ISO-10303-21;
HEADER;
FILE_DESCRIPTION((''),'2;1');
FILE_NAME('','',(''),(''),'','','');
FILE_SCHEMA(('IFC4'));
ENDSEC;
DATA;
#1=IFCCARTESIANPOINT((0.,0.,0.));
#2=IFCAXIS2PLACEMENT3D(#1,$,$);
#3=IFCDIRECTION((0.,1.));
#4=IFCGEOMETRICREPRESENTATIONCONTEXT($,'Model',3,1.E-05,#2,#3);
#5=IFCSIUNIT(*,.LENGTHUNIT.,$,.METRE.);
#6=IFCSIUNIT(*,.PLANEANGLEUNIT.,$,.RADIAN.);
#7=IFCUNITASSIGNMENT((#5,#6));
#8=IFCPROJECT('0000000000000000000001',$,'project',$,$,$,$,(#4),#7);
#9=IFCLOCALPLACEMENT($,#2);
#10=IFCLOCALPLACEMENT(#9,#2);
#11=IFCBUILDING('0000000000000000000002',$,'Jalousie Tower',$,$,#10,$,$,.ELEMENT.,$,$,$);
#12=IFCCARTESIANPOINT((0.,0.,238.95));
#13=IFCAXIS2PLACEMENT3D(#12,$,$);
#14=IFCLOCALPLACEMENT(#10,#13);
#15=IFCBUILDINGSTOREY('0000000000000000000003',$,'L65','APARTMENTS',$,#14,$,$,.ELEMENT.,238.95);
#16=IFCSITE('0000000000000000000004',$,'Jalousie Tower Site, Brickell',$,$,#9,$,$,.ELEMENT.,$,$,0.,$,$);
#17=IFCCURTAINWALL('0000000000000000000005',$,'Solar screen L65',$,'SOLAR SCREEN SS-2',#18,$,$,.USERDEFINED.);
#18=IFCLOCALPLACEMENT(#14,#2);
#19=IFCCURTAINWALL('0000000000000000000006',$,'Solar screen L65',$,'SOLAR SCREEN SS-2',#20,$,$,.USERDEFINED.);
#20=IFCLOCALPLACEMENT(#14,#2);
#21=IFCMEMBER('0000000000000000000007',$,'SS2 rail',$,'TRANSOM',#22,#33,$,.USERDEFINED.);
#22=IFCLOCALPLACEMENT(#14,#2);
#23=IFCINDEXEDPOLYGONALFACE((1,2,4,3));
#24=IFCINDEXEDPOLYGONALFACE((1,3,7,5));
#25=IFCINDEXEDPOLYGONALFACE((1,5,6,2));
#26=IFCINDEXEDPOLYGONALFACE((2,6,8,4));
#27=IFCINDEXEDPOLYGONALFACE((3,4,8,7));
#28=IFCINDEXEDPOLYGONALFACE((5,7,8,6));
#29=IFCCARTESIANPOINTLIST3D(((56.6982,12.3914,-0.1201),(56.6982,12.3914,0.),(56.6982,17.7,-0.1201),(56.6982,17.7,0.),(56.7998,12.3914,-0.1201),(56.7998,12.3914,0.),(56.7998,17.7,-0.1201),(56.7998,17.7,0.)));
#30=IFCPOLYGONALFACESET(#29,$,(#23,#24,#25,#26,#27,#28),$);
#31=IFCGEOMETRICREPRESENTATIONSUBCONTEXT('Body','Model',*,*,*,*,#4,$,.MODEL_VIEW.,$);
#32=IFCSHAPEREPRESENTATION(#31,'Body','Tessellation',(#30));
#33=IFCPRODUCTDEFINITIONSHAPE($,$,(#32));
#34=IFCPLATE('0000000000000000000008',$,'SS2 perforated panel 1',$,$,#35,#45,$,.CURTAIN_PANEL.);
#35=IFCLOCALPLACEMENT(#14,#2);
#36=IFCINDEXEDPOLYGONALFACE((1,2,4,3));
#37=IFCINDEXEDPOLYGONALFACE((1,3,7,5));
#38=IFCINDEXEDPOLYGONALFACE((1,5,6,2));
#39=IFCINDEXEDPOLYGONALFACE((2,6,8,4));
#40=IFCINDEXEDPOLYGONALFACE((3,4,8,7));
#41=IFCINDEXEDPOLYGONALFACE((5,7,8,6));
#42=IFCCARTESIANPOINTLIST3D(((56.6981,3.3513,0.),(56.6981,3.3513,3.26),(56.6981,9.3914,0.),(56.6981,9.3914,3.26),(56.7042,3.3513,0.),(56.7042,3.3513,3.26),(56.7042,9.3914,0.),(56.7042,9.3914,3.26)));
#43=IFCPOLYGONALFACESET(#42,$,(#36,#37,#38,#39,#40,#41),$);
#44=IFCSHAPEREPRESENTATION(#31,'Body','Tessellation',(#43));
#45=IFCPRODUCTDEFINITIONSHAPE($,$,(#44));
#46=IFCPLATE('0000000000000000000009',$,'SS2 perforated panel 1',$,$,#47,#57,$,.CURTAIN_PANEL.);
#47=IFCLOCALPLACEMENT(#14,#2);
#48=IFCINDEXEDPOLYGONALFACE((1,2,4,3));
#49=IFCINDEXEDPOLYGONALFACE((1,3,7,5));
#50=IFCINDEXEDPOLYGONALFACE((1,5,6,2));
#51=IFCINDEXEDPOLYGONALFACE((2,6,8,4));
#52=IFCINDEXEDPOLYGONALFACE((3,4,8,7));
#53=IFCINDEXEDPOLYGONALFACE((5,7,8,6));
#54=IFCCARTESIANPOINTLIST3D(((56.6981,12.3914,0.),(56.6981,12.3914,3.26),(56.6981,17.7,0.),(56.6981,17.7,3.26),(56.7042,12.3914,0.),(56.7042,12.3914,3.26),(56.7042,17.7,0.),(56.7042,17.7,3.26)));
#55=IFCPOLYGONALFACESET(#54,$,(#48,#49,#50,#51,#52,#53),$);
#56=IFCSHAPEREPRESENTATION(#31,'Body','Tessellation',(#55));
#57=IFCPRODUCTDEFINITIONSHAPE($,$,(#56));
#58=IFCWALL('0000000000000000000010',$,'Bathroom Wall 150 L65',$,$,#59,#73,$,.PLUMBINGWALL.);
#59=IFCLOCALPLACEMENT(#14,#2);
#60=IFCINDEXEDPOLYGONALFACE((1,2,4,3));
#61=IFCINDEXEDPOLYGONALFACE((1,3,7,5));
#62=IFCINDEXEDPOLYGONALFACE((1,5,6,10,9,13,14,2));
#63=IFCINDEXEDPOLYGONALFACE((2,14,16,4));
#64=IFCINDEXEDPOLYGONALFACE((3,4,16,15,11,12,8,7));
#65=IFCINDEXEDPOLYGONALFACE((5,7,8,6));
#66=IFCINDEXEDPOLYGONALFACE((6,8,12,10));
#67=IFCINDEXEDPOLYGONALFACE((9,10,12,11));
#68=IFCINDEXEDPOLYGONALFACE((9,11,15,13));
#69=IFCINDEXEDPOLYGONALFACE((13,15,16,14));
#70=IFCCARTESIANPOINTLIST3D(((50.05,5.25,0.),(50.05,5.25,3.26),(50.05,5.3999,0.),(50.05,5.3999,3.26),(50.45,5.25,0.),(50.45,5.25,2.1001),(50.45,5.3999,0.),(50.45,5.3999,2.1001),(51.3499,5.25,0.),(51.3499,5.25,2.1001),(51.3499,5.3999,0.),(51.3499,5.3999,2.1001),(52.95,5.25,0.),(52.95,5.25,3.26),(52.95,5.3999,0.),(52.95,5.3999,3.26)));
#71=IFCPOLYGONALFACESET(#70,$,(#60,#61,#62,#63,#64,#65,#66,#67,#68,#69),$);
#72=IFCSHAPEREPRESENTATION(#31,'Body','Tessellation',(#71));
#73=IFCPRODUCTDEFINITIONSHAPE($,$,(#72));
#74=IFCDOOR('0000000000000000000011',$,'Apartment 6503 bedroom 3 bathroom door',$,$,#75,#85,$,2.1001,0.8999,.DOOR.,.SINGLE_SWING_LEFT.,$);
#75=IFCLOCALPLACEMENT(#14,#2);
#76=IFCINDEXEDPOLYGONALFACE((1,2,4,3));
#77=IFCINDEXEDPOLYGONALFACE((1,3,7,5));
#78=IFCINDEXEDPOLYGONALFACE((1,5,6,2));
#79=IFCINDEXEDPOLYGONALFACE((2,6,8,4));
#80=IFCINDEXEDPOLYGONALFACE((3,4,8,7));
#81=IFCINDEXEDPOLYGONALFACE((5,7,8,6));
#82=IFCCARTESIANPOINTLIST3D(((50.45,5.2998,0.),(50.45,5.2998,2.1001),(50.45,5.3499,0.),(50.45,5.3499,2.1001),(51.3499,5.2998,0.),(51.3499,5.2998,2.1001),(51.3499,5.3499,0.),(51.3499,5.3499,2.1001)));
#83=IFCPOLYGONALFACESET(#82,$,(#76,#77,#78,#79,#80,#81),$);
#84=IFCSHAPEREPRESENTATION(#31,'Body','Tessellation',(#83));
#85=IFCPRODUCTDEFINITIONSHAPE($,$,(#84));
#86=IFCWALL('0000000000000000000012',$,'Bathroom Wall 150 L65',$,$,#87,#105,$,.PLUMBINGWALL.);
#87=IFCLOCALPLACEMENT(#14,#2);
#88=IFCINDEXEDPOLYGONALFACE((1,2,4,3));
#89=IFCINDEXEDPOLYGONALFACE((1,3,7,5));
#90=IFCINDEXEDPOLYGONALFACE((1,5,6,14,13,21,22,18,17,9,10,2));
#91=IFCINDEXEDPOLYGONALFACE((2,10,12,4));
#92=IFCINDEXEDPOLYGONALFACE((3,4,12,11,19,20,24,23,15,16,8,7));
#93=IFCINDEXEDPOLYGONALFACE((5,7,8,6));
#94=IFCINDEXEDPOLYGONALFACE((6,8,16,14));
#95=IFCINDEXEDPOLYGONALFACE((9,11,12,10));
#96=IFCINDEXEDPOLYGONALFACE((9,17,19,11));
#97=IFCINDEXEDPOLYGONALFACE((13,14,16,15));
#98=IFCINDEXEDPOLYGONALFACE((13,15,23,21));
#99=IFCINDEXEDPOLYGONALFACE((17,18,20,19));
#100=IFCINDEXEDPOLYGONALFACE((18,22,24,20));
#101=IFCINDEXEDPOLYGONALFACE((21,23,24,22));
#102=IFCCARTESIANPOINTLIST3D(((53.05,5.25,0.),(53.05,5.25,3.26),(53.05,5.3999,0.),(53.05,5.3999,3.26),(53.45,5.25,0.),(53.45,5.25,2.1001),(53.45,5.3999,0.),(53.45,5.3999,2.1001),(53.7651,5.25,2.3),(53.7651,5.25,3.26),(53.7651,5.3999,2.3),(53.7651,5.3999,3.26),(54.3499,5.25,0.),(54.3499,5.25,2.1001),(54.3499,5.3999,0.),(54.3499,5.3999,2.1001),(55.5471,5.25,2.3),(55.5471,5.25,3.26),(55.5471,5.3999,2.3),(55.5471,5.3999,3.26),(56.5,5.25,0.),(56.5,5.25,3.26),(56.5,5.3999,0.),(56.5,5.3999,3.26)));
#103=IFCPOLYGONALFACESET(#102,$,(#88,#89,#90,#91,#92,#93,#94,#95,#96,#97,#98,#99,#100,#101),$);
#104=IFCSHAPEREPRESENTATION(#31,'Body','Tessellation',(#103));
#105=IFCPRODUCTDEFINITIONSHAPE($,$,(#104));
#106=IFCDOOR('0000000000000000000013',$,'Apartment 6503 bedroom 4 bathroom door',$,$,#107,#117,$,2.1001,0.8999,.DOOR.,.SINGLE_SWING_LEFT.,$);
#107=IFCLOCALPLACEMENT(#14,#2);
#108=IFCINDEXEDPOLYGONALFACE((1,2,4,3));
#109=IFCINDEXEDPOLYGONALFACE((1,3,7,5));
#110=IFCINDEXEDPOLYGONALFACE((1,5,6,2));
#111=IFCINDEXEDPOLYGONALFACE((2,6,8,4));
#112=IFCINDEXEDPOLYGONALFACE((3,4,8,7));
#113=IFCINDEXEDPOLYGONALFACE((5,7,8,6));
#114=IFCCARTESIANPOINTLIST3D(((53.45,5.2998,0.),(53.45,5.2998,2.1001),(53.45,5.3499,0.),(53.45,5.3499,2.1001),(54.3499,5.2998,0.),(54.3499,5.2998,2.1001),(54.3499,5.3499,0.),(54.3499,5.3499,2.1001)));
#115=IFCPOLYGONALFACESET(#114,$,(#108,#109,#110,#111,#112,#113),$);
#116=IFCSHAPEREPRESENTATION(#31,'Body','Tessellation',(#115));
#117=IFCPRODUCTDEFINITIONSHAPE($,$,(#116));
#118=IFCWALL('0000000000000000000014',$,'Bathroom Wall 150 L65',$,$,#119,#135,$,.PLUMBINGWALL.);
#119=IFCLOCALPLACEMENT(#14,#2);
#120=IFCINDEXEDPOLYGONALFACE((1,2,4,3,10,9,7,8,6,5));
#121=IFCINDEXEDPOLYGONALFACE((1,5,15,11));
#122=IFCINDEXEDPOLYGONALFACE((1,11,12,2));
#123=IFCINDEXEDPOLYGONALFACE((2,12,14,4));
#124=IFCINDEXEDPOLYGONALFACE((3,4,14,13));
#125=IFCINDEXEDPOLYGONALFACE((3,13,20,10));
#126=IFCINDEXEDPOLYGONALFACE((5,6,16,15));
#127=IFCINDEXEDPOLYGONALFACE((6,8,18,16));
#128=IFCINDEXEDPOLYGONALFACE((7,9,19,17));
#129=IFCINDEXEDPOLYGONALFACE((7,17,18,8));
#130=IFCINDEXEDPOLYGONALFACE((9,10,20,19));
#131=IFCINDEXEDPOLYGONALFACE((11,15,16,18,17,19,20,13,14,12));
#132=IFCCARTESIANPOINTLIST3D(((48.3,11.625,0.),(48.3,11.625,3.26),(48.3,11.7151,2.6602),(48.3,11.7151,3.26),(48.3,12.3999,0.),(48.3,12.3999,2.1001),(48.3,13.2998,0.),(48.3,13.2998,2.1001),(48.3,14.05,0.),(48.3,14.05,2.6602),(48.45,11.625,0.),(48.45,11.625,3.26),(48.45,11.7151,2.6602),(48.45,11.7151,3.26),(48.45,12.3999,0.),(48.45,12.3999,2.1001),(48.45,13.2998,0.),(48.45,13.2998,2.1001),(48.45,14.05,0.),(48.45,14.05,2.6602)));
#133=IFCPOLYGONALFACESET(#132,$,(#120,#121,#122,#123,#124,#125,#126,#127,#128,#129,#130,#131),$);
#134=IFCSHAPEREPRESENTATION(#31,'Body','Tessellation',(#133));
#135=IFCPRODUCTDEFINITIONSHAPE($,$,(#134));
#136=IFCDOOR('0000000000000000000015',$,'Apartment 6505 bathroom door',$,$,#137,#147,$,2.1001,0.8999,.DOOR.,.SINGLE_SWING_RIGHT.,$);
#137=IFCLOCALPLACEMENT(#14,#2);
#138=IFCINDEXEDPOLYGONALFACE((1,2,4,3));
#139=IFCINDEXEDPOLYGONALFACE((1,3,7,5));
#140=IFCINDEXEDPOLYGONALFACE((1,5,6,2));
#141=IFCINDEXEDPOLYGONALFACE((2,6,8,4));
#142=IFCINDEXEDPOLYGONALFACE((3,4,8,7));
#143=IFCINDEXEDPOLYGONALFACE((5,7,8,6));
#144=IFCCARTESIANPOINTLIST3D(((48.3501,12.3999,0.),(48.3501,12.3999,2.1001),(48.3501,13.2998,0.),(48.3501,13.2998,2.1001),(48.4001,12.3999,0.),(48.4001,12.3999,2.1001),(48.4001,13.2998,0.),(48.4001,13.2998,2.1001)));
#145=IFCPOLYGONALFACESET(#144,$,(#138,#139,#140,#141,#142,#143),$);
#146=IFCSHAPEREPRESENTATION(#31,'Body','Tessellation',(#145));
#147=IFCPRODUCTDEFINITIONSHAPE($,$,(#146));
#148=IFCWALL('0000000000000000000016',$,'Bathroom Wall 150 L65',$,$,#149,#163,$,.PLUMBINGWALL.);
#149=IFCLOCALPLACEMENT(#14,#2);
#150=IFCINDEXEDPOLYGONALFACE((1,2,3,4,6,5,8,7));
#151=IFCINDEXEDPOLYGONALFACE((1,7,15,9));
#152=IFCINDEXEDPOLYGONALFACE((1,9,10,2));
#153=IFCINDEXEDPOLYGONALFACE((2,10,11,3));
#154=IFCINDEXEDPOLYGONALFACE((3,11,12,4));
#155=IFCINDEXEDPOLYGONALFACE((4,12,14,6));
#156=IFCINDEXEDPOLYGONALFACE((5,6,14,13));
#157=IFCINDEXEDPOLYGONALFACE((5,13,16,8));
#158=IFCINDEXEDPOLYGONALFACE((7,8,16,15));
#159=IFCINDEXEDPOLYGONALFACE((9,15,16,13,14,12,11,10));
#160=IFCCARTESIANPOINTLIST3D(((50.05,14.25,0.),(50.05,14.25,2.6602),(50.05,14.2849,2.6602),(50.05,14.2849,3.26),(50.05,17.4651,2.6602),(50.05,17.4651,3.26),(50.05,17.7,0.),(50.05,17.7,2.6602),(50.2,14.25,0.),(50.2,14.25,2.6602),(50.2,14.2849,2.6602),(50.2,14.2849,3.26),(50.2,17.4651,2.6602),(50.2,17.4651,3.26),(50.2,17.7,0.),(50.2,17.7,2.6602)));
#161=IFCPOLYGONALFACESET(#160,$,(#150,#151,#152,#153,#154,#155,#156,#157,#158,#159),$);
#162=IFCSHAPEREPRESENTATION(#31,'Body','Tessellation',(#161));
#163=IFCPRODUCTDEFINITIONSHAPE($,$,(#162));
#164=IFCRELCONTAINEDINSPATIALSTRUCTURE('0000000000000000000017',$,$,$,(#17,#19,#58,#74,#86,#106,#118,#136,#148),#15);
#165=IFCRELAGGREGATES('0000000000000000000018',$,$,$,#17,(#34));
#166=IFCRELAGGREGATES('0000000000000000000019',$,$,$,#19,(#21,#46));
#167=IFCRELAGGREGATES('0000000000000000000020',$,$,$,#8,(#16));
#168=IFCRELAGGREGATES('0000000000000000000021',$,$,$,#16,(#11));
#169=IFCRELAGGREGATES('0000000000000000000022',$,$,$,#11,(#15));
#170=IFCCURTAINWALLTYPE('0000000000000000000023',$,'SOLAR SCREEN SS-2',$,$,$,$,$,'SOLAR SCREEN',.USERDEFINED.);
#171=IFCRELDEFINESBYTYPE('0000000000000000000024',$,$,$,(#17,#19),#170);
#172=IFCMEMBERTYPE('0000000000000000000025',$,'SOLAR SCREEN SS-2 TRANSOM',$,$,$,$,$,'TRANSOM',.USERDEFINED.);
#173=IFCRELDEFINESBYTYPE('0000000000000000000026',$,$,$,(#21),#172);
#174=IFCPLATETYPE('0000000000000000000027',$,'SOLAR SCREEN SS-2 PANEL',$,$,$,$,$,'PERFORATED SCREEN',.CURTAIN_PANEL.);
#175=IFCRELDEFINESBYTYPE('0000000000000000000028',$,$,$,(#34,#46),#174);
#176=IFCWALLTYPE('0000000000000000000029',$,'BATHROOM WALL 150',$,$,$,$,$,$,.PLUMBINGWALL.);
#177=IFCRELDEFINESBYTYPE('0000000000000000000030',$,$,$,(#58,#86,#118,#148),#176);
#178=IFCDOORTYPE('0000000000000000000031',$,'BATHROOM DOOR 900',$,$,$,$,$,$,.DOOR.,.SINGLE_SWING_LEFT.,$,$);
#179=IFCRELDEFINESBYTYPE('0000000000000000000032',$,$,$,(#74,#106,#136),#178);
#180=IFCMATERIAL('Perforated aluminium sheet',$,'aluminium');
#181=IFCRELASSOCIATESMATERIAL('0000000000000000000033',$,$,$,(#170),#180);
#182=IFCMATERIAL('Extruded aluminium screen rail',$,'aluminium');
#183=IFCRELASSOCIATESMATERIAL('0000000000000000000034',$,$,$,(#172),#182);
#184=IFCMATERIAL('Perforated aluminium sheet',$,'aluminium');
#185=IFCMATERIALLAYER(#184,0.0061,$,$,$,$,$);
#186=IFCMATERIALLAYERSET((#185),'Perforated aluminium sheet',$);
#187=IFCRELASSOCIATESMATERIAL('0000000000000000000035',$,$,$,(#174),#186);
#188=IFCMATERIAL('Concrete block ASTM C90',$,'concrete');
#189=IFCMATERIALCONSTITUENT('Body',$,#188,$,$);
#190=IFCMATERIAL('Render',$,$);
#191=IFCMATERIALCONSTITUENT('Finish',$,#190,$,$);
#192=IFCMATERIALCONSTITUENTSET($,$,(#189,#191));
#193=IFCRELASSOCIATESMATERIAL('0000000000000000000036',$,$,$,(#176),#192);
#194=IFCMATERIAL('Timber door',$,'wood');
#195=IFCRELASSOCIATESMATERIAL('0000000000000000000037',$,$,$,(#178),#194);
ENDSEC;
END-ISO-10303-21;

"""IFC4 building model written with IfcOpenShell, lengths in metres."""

from ifc_helpers import new_model, si_unit, direction, frame, frame_2d, origin, origin_2d, place, context, subcontext, project, spatial, polyline, rectangle, outline, extrude, material, layer, layer_set, constituent, constituent_set, material_profile, profile_set, type_object, element, fill, aggregate, save


model = new_model("IFC4")

# Units and contexts
model_context = context("Model", 3, precision=1e-05, world=origin(), true_north=direction((0.0, 1.0)))
body_context = subcontext(model_context, "Body", "Model", "MODEL_VIEW")
ifc_project = project(units=[si_unit("LENGTHUNIT", "METRE"), si_unit("PLANEANGLEUNIT", "RADIAN")], contexts=[model_context])

# Site, building, storey
site_placement = place(None, origin())
site = spatial("IfcSite", under=ifc_project, at=site_placement, Name="Jalousie Tower Site, Brickell", CompositionType="ELEMENT", RefElevation=0.0)
building_placement = place(site_placement, origin())
building = spatial("IfcBuilding", under=site, at=building_placement, Name="Jalousie Tower", CompositionType="ELEMENT")
storey_placement = place(building_placement, frame((0.0, 0.0, 238.95)))
storey = spatial("IfcBuildingStorey", under=building, at=storey_placement, Name="L65", Description="APARTMENTS", CompositionType="ELEMENT", Elevation=238.95)

# Curtain wall
ifc_material_1 = material(Name="Perforated aluminium sheet", Category="aluminium")
curtain_wall_type = type_object("IfcCurtainWallType", Name="SOLAR SCREEN SS-2", ElementType="SOLAR SCREEN", PredefinedType="USERDEFINED", material=ifc_material_1)
curtain_wall_1_placement = place(storey_placement, origin())
curtain_wall_1 = element("IfcCurtainWall", 1, at=curtain_wall_1_placement, inside=storey, type_object=curtain_wall_type, Name="Solar screen L65", ObjectType="SOLAR SCREEN SS-2", PredefinedType="USERDEFINED")

# Curtain wall
curtain_wall_2_placement = place(storey_placement, origin())
curtain_wall_2 = element("IfcCurtainWall", 2, at=curtain_wall_2_placement, inside=storey, type_object=curtain_wall_type, Name="Solar screen L65", ObjectType="SOLAR SCREEN SS-2", PredefinedType="USERDEFINED")

# Member
ifc_material_2 = material(Name="Extruded aluminium screen rail", Category="aluminium")
ifc_material_profile_1 = material_profile(ifc_material_2, rectangle(XDim=0.1016, YDim=0.1201, at=origin_2d()), Name="RAIL 102x120")
ifc_profile_set_1 = profile_set([ifc_material_profile_1], Name="Extruded aluminium screen rail")
member_type_1 = type_object("IfcMemberType", Name="SOLAR SCREEN SS-2 TRANSOM", ElementType="TRANSOM", PredefinedType="USERDEFINED", material=ifc_profile_set_1)
member_1_placement = place(storey_placement, frame((56.749, 12.3914, -0.0601), z_axis=(0.0, 1.0, 0.0), x_axis=(-1.0, 0.0, 0.0)))
member_1 = element("IfcMember", 3, at=member_1_placement, type_object=member_type_1, Name="SS2 rail", ObjectType="TRANSOM", PredefinedType="USERDEFINED", context=body_context, shape_type="SweptSolid", body=[
    extrude(rectangle(XDim=0.1016, YDim=0.1201, at=origin_2d()), origin(), (0.0, 0.0, 1.0), 5.3086),
])

# Plates
ifc_material_3 = material(Name="Perforated aluminium sheet", Category="aluminium")
ifc_layer = layer(ifc_material_3, 0.0061)
ifc_layer_set = layer_set([ifc_layer], Name="Perforated aluminium sheet")
plate_type = type_object("IfcPlateType", Name="SOLAR SCREEN SS-2 PANEL", ElementType="PERFORATED SCREEN", PredefinedType="CURTAIN_PANEL", material=ifc_layer_set)
plate_1_placement = place(storey_placement, frame((56.7012, 6.3713, 0.0), z_axis=(0.0, 0.0, 1.0), x_axis=(0.0, 1.0, 0.0)))
plate_1 = element("IfcPlate", 4, at=plate_1_placement, type_object=plate_type, Name="SS2 perforated panel 1", PredefinedType="CURTAIN_PANEL", context=body_context, shape_type="SweptSolid", body=[
    extrude(rectangle(XDim=6.04, YDim=0.0061, at=origin_2d()), origin(), (0.0, 0.0, 1.0), 3.26),
])
aggregate(curtain_wall_1, [plate_1])
plate_2_placement = place(storey_placement, frame((56.7012, 15.0457, 0.0), z_axis=(0.0, 0.0, 1.0), x_axis=(0.0, 1.0, 0.0)))
plate_2 = element("IfcPlate", 5, at=plate_2_placement, type_object=plate_type, Name="SS2 perforated panel 1", PredefinedType="CURTAIN_PANEL", context=body_context, shape_type="SweptSolid", body=[
    extrude(rectangle(XDim=5.3086, YDim=0.0061, at=origin_2d()), origin(), (0.0, 0.0, 1.0), 3.26),
])
aggregate(curtain_wall_2, [member_1, plate_2])

# Walls, openings, doors
ifc_material_4 = material(Name="Concrete block ASTM C90", Category="concrete")
ifc_constituent_1 = constituent(ifc_material_4, Name="Body")
ifc_material_5 = material(Name="Render")
ifc_constituent_2 = constituent(ifc_material_5, Name="Finish")
ifc_constituent_set_1 = constituent_set(constituents=[ifc_constituent_1, ifc_constituent_2])
wall_type_1 = type_object("IfcWallType", Name="BATHROOM WALL 150", PredefinedType="PLUMBINGWALL", material=ifc_constituent_set_1)
wall_1_placement = place(storey_placement, frame((50.05, 5.325, 0.0), z_axis=(0.0, 0.0, 1.0), x_axis=(1.0, 0.0, 0.0)))
wall_1 = element("IfcWall", 6, at=wall_1_placement, inside=storey, type_object=wall_type_1, Name="Bathroom Wall 150 L65", PredefinedType="PLUMBINGWALL", context=body_context, shape_type="SweptSolid", body=[
    extrude(rectangle(XDim=2.8999, YDim=0.1499, at=frame_2d((1.45, 0.0))), origin(), (0.0, 0.0, 1.0), 3.26),
])
opening_1_placement = place(wall_1_placement, frame((0.3999, 0.0, 0.0)))
opening_1 = element("IfcOpeningElement", 7, at=opening_1_placement, cuts=wall_1, PredefinedType="OPENING", context=body_context, shape_type="SweptSolid", body=[
    extrude(rectangle(XDim=0.8999, YDim=2.1001, at=frame_2d((0.45, 1.05))), frame((0.0, 0.085, 0.0), z_axis=(0.0, -1.0, 0.0), x_axis=(1.0, 0.0, 0.0)), (0.0, 0.0, 1.0), 0.1699),
])
ifc_material_6 = material(Name="Timber door", Category="wood")
door_type_1 = type_object("IfcDoorType", Name="BATHROOM DOOR 900", OperationType="SINGLE_SWING_LEFT", PredefinedType="DOOR", material=ifc_material_6)
door_1_placement = place(opening_1_placement, origin())
door_1 = element("IfcDoor", 8, at=door_1_placement, inside=storey, type_object=door_type_1, Name="Apartment 6503 bedroom 3 bathroom door", OperationType="SINGLE_SWING_LEFT", OverallHeight=2.1001, OverallWidth=0.8999, PredefinedType="DOOR", context=body_context, shape_type="SweptSolid", body=[
    extrude(rectangle(XDim=0.8999, YDim=2.1001, at=frame_2d((0.45, 1.05))), frame((0.0, 0.0249, 0.0), z_axis=(0.0, -1.0, 0.0), x_axis=(1.0, 0.0, 0.0)), (0.0, 0.0, 1.0), 0.05),
])
fill(opening_1, door_1)
wall_2_placement = place(storey_placement, frame((53.05, 5.325, 0.0), z_axis=(0.0, 0.0, 1.0), x_axis=(1.0, 0.0, 0.0)))
wall_2 = element("IfcWall", 9, at=wall_2_placement, inside=storey, type_object=wall_type_1, Name="Bathroom Wall 150 L65", PredefinedType="PLUMBINGWALL", context=body_context, shape_type="SweptSolid", body=[
    extrude(outline(polyline([(0.0, 0.0), (3.45, 0.0), (3.45, 3.26), (2.4971, 3.26), (2.4971, 2.3), (0.7151, 2.3), (0.7151, 3.26), (0.0, 3.26), (0.0, 0.0)])), frame((0.0, 0.075, 0.0), z_axis=(0.0, -1.0, 0.0), x_axis=(1.0, 0.0, 0.0)), (0.0, 0.0, 1.0), 0.1499),
])
opening_2_placement = place(wall_2_placement, frame((0.3999, 0.0, 0.0)))
opening_2 = element("IfcOpeningElement", 10, at=opening_2_placement, cuts=wall_2, PredefinedType="OPENING", context=body_context, shape_type="SweptSolid", body=[
    extrude(rectangle(XDim=0.8999, YDim=2.1001, at=frame_2d((0.45, 1.05))), frame((0.0, 0.085, 0.0), z_axis=(0.0, -1.0, 0.0), x_axis=(1.0, 0.0, 0.0)), (0.0, 0.0, 1.0), 0.1699),
])
door_2_placement = place(opening_2_placement, origin())
door_2 = element("IfcDoor", 11, at=door_2_placement, inside=storey, type_object=door_type_1, Name="Apartment 6503 bedroom 4 bathroom door", OperationType="SINGLE_SWING_LEFT", OverallHeight=2.1001, OverallWidth=0.8999, PredefinedType="DOOR", context=body_context, shape_type="SweptSolid", body=[
    extrude(rectangle(XDim=0.8999, YDim=2.1001, at=frame_2d((0.45, 1.05))), frame((0.0, 0.0249, 0.0), z_axis=(0.0, -1.0, 0.0), x_axis=(1.0, 0.0, 0.0)), (0.0, 0.0, 1.0), 0.05),
])
fill(opening_2, door_2)
wall_3_placement = place(storey_placement, frame((48.375, 11.625, 0.0), z_axis=(0.0, 0.0, 1.0), x_axis=(0.0, 1.0, 0.0)))
wall_3 = element("IfcWall", 12, at=wall_3_placement, inside=storey, type_object=wall_type_1, Name="Bathroom Wall 150 L65", PredefinedType="PLUMBINGWALL", context=body_context, shape_type="SweptSolid", body=[
    extrude(outline(polyline([(0.0, 0.0), (2.425, 0.0), (2.425, 3.26), (2.425, 2.6602), (0.0901, 2.6602), (0.0901, 3.26), (0.0, 3.26), (0.0, 0.0)])), frame((0.0, 0.075, 0.0), z_axis=(0.0, -1.0, 0.0), x_axis=(1.0, 0.0, 0.0)), (0.0, 0.0, 1.0), 0.1499),
])
opening_3_placement = place(wall_3_placement, frame((0.7749, 0.0, 0.0)))
opening_3 = element("IfcOpeningElement", 13, at=opening_3_placement, cuts=wall_3, PredefinedType="OPENING", context=body_context, shape_type="SweptSolid", body=[
    extrude(rectangle(XDim=0.8999, YDim=2.1001, at=frame_2d((0.45, 1.05))), frame((0.0, 0.085, 0.0), z_axis=(0.0, -1.0, 0.0), x_axis=(1.0, 0.0, 0.0)), (0.0, 0.0, 1.0), 0.1699),
])
door_3_placement = place(opening_3_placement, origin())
door_3 = element("IfcDoor", 14, at=door_3_placement, inside=storey, type_object=door_type_1, Name="Apartment 6505 bathroom door", OperationType="SINGLE_SWING_RIGHT", OverallHeight=2.1001, OverallWidth=0.8999, PredefinedType="DOOR", context=body_context, shape_type="SweptSolid", body=[
    extrude(rectangle(XDim=0.8999, YDim=2.1001, at=frame_2d((0.45, 1.05))), frame((0.0, 0.0249, 0.0), z_axis=(0.0, -1.0, 0.0), x_axis=(1.0, 0.0, 0.0)), (0.0, 0.0, 1.0), 0.05),
])
fill(opening_3, door_3)

# Wall
wall_4_placement = place(storey_placement, frame((50.125, 14.25, 0.0), z_axis=(0.0, 0.0, 1.0), x_axis=(0.0, 1.0, 0.0)))
element("IfcWall", 15, at=wall_4_placement, inside=storey, type_object=wall_type_1, Name="Bathroom Wall 150 L65", PredefinedType="PLUMBINGWALL", context=body_context, shape_type="SweptSolid", body=[
    extrude(outline(polyline([(0.0, 0.0), (3.45, 0.0), (3.45, 3.26), (3.45, 2.6602), (3.2151, 2.6602), (3.2151, 3.26), (0.0349, 3.26), (0.0349, 2.6602), (0.0, 2.6602), (0.0, 3.26), (0.0, 0.0)])), frame((0.0, 0.075, 0.0), z_axis=(0.0, -1.0, 0.0), x_axis=(1.0, 0.0, 0.0)), (0.0, 0.0, 1.0), 0.1499),
])

save(model, "model.ifc")
